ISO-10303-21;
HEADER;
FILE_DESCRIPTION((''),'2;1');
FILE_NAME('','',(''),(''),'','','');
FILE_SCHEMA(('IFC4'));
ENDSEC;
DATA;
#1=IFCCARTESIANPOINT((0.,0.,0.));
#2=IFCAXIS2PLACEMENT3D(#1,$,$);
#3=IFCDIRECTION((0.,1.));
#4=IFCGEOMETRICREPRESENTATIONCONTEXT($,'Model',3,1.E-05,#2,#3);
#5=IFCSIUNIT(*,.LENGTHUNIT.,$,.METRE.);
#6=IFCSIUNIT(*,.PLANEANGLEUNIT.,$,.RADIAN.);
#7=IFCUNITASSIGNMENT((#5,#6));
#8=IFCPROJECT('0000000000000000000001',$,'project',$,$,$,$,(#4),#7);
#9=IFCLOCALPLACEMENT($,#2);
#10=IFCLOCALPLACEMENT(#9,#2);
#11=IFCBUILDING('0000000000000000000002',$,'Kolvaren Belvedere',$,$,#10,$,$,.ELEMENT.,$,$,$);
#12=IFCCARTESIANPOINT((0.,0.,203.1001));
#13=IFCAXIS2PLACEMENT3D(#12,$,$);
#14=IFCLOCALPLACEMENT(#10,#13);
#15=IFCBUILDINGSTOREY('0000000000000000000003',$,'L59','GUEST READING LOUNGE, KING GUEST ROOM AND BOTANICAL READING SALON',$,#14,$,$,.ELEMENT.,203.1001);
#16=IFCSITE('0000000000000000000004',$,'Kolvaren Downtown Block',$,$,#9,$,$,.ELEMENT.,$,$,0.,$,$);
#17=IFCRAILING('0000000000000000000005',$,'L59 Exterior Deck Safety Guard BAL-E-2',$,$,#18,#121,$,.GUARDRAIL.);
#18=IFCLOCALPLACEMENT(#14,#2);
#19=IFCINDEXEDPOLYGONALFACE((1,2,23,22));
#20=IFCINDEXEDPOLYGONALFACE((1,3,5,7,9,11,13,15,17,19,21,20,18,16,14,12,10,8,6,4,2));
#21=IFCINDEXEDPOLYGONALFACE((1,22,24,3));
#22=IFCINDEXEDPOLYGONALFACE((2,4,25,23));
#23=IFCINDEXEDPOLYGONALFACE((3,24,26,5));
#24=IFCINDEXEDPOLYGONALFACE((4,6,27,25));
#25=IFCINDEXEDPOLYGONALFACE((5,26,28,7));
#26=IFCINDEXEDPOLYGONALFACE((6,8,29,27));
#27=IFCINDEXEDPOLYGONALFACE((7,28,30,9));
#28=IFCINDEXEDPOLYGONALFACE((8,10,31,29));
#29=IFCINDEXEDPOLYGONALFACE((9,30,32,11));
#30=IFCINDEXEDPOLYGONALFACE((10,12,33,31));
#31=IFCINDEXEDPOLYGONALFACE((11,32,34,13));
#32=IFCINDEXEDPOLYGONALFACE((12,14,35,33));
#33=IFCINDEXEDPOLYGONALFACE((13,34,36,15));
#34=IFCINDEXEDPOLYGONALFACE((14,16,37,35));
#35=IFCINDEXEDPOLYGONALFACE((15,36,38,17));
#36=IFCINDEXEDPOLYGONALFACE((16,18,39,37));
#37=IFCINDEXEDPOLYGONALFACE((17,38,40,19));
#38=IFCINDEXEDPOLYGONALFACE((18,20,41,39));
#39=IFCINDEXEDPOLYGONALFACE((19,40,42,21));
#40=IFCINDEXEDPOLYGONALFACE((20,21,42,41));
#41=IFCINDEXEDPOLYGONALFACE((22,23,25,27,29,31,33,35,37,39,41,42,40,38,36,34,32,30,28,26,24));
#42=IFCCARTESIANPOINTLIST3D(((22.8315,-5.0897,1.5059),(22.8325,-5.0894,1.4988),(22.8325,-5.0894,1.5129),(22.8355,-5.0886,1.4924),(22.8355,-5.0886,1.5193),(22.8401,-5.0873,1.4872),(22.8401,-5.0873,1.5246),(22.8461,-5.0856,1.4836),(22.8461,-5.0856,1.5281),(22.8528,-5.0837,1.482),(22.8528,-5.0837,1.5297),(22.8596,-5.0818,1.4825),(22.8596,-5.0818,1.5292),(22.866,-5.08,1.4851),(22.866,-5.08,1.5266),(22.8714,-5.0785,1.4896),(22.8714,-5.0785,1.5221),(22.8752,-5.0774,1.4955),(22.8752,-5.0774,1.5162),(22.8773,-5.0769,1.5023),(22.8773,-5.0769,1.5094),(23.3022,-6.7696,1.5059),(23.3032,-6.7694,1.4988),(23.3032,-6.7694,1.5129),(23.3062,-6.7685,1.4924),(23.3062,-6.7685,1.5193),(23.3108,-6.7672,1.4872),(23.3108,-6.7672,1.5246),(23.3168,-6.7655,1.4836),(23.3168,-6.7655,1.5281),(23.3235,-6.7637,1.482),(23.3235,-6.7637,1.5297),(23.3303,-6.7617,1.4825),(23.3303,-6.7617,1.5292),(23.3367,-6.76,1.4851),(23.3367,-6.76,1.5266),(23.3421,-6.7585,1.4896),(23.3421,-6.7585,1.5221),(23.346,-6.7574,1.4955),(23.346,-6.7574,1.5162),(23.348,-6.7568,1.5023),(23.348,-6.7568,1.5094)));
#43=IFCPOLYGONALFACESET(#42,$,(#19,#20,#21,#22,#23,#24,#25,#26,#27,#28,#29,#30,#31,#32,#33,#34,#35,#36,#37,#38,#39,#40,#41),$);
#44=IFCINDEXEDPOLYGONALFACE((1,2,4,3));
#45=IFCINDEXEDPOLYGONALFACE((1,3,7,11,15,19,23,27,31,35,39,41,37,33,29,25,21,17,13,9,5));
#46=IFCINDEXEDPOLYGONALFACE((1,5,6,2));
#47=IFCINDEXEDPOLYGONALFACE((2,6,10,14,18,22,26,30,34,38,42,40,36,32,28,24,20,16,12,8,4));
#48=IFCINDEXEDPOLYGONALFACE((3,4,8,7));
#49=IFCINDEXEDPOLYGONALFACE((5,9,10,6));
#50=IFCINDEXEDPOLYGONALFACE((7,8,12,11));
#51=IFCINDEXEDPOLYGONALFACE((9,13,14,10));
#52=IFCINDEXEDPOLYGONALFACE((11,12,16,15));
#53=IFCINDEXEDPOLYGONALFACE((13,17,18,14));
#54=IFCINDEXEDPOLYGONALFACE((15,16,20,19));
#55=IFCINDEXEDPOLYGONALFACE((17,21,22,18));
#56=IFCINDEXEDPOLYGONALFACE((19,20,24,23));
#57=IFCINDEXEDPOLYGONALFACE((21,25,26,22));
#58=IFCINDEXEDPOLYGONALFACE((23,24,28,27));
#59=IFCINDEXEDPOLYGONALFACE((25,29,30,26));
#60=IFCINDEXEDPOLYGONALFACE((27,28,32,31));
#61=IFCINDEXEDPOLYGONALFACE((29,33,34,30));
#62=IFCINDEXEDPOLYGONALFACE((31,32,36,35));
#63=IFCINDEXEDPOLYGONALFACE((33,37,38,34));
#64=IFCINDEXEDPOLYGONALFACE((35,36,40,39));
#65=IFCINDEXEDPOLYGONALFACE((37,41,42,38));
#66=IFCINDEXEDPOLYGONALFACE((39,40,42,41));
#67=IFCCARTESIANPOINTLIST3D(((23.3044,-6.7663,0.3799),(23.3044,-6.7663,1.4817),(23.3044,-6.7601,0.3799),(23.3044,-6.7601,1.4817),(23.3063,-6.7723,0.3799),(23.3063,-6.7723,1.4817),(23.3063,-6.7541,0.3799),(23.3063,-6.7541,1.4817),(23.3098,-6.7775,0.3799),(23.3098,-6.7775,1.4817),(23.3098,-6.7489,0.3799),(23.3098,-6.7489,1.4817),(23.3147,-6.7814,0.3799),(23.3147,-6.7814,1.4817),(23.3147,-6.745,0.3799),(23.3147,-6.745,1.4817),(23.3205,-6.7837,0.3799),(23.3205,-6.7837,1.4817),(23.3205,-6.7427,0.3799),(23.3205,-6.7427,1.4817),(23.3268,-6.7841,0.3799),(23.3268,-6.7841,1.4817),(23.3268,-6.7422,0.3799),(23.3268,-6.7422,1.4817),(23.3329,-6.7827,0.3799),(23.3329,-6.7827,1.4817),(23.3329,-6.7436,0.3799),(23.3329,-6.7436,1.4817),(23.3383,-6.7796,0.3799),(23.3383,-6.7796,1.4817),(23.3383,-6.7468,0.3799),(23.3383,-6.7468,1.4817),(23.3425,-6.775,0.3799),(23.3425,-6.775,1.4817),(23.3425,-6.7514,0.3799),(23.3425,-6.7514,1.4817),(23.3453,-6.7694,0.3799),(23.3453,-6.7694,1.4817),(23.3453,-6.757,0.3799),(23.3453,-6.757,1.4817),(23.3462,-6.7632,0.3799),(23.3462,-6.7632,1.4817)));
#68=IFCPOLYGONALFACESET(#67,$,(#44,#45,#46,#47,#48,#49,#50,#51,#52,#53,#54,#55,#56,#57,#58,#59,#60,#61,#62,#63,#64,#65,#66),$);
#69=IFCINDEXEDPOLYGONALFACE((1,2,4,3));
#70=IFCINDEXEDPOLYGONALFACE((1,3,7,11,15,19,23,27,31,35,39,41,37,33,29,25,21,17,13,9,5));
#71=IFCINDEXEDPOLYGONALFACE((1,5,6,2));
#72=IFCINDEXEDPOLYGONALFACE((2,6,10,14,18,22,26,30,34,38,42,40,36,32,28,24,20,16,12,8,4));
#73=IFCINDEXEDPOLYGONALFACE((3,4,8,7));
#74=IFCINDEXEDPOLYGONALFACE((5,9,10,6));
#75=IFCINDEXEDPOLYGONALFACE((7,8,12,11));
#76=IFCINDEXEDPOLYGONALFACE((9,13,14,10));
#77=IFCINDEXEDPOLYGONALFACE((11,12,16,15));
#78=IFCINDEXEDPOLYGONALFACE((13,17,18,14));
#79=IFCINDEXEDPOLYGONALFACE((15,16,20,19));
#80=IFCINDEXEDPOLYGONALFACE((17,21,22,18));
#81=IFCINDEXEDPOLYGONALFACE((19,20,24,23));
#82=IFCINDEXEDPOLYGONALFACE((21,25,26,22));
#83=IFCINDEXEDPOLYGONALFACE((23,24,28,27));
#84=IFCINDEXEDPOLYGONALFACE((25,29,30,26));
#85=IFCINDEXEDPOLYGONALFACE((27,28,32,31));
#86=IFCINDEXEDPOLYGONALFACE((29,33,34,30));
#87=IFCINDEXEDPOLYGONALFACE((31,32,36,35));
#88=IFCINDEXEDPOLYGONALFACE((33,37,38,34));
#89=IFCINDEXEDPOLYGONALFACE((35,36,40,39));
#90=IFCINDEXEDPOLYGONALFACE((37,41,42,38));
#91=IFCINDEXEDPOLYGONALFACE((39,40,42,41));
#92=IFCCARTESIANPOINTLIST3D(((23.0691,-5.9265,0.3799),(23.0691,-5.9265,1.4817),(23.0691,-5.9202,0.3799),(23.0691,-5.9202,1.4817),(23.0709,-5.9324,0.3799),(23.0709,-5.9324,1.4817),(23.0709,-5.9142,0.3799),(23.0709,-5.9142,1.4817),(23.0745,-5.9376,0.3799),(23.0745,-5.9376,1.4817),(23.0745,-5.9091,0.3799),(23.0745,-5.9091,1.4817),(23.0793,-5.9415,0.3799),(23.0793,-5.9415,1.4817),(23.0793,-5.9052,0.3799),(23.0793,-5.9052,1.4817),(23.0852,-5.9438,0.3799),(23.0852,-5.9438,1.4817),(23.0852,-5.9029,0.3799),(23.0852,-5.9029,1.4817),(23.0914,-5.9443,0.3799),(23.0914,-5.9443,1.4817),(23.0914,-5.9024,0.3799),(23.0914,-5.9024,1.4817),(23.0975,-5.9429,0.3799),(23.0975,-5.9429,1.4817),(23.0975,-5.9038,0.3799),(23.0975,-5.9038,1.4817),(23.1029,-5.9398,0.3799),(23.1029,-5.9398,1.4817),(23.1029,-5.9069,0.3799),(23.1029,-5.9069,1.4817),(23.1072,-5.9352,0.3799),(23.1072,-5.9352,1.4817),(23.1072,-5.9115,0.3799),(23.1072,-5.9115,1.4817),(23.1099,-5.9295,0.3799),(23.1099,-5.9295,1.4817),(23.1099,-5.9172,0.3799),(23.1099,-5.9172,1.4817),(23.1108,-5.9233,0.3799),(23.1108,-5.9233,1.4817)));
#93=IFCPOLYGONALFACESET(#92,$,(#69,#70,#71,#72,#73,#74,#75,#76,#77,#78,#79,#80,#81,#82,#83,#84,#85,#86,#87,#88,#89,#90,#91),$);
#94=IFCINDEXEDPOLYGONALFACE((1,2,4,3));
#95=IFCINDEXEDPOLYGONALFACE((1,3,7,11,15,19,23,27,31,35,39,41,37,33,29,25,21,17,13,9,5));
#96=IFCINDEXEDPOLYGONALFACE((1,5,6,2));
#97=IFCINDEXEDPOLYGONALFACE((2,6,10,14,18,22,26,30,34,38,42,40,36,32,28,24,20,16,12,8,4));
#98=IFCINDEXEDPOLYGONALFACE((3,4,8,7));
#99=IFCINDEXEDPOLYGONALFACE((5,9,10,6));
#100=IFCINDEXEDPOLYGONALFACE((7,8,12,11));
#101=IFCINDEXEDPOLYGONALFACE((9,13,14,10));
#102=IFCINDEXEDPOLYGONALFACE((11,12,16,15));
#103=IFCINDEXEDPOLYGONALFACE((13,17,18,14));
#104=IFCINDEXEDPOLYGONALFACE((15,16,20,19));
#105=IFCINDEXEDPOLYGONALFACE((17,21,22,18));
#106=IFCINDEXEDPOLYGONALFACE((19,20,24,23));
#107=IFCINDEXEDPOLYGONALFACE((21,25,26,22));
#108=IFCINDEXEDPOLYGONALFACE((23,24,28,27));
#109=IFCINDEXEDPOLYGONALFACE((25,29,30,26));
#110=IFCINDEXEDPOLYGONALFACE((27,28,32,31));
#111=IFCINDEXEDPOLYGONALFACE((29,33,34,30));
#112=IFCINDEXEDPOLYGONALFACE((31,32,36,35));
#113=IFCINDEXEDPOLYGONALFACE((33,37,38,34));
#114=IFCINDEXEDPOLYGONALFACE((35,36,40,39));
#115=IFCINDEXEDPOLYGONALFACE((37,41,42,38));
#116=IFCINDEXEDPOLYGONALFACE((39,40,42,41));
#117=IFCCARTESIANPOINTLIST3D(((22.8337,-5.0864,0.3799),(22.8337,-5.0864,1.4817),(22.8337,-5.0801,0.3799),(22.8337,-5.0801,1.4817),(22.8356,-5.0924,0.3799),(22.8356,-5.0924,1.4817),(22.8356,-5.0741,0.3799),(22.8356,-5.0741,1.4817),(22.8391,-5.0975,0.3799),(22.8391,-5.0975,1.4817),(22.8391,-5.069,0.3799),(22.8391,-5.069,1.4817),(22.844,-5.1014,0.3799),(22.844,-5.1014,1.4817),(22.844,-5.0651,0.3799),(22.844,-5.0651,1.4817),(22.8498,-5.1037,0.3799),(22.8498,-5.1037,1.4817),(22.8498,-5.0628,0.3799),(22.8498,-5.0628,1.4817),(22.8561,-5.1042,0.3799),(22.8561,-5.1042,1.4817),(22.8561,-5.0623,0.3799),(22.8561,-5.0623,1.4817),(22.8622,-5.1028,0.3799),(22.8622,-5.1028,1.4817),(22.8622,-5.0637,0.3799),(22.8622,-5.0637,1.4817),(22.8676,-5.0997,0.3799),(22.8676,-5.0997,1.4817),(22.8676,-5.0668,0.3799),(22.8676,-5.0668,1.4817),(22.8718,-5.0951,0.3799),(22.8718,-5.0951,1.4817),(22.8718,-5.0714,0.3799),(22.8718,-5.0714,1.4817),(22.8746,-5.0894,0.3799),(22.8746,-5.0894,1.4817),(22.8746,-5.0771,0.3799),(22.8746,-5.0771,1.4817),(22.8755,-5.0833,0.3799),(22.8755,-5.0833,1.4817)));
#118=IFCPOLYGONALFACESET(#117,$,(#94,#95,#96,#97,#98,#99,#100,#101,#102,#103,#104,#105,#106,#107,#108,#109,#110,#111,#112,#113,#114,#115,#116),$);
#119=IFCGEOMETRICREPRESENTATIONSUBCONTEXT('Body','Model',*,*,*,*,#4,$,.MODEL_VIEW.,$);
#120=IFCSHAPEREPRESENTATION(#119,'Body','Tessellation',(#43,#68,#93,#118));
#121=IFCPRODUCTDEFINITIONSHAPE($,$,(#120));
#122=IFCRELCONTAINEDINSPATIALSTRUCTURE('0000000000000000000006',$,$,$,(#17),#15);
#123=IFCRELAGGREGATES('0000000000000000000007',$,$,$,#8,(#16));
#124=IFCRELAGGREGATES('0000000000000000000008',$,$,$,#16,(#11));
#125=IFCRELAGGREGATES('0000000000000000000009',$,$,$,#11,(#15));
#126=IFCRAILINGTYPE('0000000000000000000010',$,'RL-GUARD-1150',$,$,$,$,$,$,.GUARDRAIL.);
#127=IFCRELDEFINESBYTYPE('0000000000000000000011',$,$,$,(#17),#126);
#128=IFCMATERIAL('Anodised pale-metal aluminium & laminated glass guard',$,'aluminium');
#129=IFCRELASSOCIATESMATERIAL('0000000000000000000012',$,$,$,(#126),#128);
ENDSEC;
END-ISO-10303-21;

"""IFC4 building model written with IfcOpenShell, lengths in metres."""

from ifc_helpers import new_model, si_unit, direction, frame, origin, origin_2d, place, context, subcontext, project, spatial, circle, extrude, material, type_object, element, save


model = new_model("IFC4")

# Units and contexts
model_context = context("Model", 3, precision=1e-05, world=origin(), true_north=direction((0.0, 1.0)))
body_context = subcontext(model_context, "Body", "Model", "MODEL_VIEW")
ifc_project = project(units=[si_unit("LENGTHUNIT", "METRE"), si_unit("PLANEANGLEUNIT", "RADIAN")], contexts=[model_context])

# Site, building, storey
site_placement = place(None, origin())
site = spatial("IfcSite", under=ifc_project, at=site_placement, Name="Kolvaren Downtown Block", CompositionType="ELEMENT", RefElevation=0.0)
building_placement = place(site_placement, origin())
building = spatial("IfcBuilding", under=site, at=building_placement, Name="Kolvaren Belvedere", CompositionType="ELEMENT")
storey_placement = place(building_placement, frame((0.0, 0.0, 203.1001)))
storey = spatial("IfcBuildingStorey", under=building, at=storey_placement, Name="L59", Description="GUEST READING LOUNGE, KING GUEST ROOM AND BOTANICAL READING SALON", CompositionType="ELEMENT", Elevation=203.1001)

# Railing
ifc_material_1 = material(Name="Anodised pale-metal aluminium & laminated glass guard", Category="aluminium")
railing_type = type_object("IfcRailingType", Name="RL-GUARD-1150", PredefinedType="GUARDRAIL", material=ifc_material_1)
railing_1_placement = place(storey_placement, frame((23.3252, -6.7632, 0.3799)))
element("IfcRailing", 1, at=railing_1_placement, inside=storey, type_object=railing_type, Name="L59 Exterior Deck Safety Guard BAL-E-2", PredefinedType="GUARDRAIL", context=body_context, shape_type="SweptSolid", body=[
    extrude(circle(Radius=0.0239, at=origin_2d()), frame((0.0, 0.0, 1.126), z_axis=(-0.269801, 0.962916, 0.0), x_axis=(-0.962916, -0.269801, 0.0)), (0.0, 0.0, 1.0), 1.7446),
    extrude(circle(Radius=0.021, at=origin_2d()), origin(), (0.0, 0.0, 1.0), 1.1018),
    extrude(circle(Radius=0.021, at=origin_2d()), frame((-0.2354, 0.8398, 0.0)), (0.0, 0.0, 1.0), 1.1018),
    extrude(circle(Radius=0.021, at=origin_2d()), frame((-0.4707, 1.6799, 0.0)), (0.0, 0.0, 1.0), 1.1018),
])

save(model, "model.ifc")
